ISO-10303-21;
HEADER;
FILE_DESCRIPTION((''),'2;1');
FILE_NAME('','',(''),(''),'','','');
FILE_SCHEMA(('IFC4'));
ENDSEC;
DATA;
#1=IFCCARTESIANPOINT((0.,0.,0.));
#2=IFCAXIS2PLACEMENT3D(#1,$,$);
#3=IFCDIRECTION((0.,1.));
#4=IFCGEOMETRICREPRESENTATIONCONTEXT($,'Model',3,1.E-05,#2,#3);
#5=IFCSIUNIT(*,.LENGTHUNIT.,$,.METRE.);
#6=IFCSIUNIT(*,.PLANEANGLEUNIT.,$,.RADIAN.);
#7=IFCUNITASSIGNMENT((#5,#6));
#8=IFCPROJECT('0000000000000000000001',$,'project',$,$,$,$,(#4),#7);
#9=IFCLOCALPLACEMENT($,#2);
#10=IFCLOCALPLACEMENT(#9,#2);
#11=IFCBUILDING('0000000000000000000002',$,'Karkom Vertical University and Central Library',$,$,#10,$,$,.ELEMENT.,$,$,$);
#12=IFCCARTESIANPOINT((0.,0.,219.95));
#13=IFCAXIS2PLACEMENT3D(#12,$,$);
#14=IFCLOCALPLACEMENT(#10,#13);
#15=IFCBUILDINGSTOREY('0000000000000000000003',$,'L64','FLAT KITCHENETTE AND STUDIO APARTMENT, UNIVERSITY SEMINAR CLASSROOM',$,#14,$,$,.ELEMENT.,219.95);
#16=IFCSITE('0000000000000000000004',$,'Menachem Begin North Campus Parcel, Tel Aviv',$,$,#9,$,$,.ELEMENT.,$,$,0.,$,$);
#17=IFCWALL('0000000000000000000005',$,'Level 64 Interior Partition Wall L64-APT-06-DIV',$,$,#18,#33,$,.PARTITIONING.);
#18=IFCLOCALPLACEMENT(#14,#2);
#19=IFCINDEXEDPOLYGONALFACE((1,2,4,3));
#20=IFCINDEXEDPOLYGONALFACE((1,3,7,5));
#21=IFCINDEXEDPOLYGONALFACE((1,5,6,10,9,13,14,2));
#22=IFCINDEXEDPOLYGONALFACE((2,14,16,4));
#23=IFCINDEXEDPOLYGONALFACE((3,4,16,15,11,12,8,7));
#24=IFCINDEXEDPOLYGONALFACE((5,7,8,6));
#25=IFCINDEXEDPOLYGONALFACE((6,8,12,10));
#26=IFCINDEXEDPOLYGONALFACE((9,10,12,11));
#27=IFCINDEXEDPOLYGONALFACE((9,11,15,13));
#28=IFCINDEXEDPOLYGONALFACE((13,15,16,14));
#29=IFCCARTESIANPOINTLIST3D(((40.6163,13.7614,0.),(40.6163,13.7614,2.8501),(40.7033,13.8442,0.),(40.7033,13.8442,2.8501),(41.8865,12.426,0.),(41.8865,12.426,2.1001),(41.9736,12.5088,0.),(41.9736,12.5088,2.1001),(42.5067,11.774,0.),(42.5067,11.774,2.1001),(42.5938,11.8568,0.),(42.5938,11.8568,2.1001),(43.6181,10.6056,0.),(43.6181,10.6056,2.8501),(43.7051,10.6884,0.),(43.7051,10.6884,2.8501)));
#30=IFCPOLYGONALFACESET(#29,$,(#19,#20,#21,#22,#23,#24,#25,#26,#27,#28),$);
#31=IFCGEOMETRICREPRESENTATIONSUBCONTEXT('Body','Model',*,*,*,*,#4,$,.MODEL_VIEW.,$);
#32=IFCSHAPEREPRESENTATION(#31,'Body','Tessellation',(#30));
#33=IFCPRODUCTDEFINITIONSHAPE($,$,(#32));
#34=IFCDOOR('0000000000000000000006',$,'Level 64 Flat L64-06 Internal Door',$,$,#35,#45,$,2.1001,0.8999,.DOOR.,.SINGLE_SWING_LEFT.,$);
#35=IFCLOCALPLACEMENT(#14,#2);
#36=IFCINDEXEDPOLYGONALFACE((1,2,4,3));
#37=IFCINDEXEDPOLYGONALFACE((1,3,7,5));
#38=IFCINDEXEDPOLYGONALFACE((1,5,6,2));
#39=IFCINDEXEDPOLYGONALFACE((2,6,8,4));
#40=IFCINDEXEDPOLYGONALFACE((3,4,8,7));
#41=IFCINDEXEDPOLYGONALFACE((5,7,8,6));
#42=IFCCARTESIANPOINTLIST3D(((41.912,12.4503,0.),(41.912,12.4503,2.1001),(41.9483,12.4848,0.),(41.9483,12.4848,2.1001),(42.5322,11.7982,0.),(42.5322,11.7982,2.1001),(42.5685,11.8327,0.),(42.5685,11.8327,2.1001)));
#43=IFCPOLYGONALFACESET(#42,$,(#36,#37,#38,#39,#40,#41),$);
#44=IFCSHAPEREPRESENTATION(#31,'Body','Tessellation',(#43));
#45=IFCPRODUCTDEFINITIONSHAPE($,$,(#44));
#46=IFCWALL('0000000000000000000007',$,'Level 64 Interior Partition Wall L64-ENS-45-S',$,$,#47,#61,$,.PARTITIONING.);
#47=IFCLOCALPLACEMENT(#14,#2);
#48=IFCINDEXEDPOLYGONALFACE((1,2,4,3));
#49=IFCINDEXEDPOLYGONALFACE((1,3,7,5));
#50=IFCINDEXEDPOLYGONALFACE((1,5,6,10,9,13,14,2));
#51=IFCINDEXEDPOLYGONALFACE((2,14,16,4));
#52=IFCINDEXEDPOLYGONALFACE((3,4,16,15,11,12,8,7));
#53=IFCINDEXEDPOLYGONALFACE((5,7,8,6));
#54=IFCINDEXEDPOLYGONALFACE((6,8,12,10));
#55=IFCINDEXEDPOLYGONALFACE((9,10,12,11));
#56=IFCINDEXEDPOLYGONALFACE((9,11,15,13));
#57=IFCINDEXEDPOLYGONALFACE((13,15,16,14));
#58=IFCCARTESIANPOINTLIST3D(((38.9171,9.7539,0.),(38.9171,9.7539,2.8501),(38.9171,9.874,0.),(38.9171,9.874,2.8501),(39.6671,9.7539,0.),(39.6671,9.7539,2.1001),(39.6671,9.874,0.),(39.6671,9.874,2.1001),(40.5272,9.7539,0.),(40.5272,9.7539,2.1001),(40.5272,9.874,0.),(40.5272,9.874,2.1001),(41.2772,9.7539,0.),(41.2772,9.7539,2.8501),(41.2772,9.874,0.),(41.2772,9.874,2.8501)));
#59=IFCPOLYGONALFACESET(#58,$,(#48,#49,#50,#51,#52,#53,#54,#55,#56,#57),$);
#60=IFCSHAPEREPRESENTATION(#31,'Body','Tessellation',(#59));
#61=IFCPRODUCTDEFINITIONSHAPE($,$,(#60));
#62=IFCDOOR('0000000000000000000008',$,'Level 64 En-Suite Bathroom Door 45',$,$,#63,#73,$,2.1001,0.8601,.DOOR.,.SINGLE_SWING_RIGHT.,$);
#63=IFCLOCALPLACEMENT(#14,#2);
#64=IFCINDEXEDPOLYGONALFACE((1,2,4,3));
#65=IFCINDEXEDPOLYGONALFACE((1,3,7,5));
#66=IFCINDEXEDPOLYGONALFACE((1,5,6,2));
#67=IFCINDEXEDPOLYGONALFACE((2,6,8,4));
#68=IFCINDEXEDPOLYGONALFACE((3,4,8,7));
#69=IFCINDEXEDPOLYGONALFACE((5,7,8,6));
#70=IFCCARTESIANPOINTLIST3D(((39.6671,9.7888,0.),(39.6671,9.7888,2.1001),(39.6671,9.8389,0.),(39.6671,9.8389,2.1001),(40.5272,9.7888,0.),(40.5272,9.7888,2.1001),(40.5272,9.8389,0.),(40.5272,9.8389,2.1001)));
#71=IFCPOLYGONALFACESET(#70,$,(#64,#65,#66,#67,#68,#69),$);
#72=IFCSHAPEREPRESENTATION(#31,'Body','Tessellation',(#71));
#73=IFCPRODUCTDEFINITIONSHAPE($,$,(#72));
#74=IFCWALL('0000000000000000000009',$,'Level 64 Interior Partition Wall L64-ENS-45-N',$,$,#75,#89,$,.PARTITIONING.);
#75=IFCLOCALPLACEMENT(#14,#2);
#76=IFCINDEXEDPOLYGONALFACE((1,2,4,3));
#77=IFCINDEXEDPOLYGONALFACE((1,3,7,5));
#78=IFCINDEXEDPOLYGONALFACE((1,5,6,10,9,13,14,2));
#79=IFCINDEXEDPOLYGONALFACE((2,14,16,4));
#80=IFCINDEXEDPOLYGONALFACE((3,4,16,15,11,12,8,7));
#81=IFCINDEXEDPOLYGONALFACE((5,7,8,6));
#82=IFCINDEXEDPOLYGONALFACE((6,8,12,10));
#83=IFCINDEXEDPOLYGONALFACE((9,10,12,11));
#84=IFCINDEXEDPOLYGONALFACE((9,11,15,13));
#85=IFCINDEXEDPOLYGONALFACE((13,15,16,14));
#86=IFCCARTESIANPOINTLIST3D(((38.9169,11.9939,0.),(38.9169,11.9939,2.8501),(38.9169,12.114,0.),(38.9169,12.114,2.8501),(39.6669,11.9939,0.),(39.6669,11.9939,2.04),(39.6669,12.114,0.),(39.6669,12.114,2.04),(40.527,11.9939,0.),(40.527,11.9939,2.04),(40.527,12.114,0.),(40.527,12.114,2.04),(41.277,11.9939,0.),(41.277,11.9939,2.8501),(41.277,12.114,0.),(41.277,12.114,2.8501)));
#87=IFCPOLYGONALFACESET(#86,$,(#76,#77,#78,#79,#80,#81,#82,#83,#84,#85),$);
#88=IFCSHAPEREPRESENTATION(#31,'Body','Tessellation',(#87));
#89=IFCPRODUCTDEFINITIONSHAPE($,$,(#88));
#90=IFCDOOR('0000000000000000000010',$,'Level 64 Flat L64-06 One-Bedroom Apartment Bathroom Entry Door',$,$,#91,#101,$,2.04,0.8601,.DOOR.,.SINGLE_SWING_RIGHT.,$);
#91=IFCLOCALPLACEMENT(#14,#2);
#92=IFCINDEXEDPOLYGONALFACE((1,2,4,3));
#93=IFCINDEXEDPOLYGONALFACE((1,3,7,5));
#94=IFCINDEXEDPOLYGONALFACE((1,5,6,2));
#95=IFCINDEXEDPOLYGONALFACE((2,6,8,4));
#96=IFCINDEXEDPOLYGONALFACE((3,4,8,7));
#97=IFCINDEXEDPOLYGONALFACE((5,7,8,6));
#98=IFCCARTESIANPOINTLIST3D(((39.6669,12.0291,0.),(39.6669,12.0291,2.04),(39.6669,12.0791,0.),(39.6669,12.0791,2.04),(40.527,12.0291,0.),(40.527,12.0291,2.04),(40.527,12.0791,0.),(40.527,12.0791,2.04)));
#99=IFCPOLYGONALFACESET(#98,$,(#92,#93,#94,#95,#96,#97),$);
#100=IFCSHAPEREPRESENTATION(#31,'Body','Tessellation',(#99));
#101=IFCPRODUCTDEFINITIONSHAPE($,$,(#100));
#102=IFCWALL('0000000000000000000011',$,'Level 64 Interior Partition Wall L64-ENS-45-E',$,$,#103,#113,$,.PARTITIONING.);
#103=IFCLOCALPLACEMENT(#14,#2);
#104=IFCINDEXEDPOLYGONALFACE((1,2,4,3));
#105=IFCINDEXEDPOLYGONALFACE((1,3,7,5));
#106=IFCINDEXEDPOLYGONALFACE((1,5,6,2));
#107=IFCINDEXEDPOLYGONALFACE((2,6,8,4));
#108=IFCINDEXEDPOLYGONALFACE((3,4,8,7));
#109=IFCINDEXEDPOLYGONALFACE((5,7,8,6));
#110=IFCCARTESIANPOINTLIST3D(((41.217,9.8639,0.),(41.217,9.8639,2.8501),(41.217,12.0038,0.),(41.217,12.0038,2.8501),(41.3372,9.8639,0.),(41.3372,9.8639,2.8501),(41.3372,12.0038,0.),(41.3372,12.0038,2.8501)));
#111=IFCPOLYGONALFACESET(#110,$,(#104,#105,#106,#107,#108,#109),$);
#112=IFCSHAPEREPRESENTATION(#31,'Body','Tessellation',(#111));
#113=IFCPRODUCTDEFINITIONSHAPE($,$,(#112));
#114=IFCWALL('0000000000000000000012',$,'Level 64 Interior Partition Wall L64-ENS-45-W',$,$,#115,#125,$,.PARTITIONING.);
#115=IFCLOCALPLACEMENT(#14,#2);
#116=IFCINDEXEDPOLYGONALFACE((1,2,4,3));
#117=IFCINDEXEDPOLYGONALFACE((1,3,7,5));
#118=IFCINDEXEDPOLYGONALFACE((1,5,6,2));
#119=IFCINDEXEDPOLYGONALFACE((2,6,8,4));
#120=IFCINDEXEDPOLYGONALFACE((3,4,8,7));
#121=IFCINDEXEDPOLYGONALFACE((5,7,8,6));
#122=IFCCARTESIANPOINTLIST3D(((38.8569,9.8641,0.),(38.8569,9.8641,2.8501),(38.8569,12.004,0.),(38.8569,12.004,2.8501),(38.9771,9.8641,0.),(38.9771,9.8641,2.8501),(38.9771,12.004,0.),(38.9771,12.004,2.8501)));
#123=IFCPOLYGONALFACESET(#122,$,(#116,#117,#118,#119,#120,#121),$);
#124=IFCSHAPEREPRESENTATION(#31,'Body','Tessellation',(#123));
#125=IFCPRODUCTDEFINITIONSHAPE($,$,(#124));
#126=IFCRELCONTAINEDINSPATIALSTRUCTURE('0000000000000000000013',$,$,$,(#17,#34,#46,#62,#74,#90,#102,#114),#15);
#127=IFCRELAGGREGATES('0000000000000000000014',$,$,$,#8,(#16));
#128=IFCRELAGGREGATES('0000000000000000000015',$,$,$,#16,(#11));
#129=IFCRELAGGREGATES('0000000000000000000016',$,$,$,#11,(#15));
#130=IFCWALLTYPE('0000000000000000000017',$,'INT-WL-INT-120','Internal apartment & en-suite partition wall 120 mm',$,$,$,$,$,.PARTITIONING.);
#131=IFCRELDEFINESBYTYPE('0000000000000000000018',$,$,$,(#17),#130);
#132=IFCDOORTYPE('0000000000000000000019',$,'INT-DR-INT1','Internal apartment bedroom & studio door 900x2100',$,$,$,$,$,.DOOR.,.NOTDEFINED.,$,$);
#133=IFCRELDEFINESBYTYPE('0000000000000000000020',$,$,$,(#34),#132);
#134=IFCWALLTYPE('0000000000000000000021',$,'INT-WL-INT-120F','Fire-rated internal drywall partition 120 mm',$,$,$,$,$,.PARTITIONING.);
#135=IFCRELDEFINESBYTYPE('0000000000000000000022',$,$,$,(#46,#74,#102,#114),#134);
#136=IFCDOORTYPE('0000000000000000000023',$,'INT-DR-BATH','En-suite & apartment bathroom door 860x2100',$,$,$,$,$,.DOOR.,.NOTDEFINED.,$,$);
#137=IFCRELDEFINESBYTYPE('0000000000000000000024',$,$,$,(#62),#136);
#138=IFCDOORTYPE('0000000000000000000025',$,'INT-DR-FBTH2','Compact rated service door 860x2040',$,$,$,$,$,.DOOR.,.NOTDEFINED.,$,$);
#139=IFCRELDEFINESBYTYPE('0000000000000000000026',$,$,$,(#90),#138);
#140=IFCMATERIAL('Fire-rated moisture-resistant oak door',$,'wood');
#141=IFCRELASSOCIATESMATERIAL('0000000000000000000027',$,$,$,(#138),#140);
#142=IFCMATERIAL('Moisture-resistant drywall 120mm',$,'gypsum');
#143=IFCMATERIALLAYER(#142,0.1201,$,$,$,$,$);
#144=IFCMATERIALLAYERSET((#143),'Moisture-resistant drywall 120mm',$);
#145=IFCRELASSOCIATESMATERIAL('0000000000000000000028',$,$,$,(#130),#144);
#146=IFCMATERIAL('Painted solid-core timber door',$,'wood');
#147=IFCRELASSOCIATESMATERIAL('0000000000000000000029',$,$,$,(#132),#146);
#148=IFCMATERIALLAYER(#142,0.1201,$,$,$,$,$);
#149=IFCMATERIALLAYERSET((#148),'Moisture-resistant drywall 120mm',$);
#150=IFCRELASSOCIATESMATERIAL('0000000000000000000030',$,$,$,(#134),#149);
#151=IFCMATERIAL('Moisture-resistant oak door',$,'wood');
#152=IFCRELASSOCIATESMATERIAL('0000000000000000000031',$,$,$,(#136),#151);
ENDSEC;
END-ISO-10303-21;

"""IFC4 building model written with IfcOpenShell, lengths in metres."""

from ifc_helpers import new_model, si_unit, direction, frame, frame_2d, origin, origin_with_axes, place, context, subcontext, project, spatial, rectangle, extrude, source, transform, mapped, material, layer, layer_set, type_object, element, fill, save


model = new_model("IFC4")

# Units and contexts
model_context = context("Model", 3, precision=1e-05, world=origin(), true_north=direction((0.0, 1.0)))
body_context = subcontext(model_context, "Body", "Model", "MODEL_VIEW")
ifc_project = project(units=[si_unit("LENGTHUNIT", "METRE"), si_unit("PLANEANGLEUNIT", "RADIAN")], contexts=[model_context])

# Site, building, storey
site_placement = place(None, origin())
site = spatial("IfcSite", under=ifc_project, at=site_placement, Name="Menachem Begin North Campus Parcel, Tel Aviv", CompositionType="ELEMENT", RefElevation=0.0)
building_placement = place(site_placement, origin())
building = spatial("IfcBuilding", under=site, at=building_placement, Name="Karkom Vertical University and Central Library", CompositionType="ELEMENT")
storey_placement = place(building_placement, frame((0.0, 0.0, 219.95)))
storey = spatial("IfcBuildingStorey", under=building, at=storey_placement, Name="L64", Description="FLAT KITCHENETTE AND STUDIO APARTMENT, UNIVERSITY SEMINAR CLASSROOM", CompositionType="ELEMENT", Elevation=219.95)

# Shared definitions
ifc_material_1 = material(Name="Fire-rated moisture-resistant oak door", Category="wood")
door_type_1 = type_object("IfcDoorType", Name="INT-DR-FBTH2", Description="Compact rated service door 860x2040", OperationType="NOTDEFINED", PredefinedType="DOOR", material=ifc_material_1)
shared_shape_1 = source(origin_with_axes(), body_context, "Body", "SweptSolid", [
    extrude(rectangle(XDim=0.8601, YDim=2.04, at=frame_2d((0.4302, 1.02))), frame((0.0, 0.0249, 0.0), z_axis=(0.0, -1.0, 0.0), x_axis=(1.0, 0.0, 0.0)), (0.0, 0.0, 1.0), 0.05),
])

# Walls, openings, doors
ifc_material_2 = material(Name="Moisture-resistant drywall 120mm", Category="gypsum")
ifc_layer_1 = layer(ifc_material_2, 0.1201)
ifc_layer_set_1 = layer_set([ifc_layer_1], Name="Moisture-resistant drywall 120mm")
wall_type_1 = type_object("IfcWallType", Name="INT-WL-INT-120", Description="Internal apartment & en-suite partition wall 120 mm", PredefinedType="PARTITIONING", material=ifc_layer_set_1)
wall_1_placement = place(storey_placement, frame((43.6616, 10.647, 0.0), z_axis=(0.0, 0.0, 1.0), x_axis=(-0.6892, 0.724571, 0.0)))
wall_1 = element("IfcWall", 1, at=wall_1_placement, inside=storey, type_object=wall_type_1, Name="Level 64 Interior Partition Wall L64-APT-06-DIV", PredefinedType="PARTITIONING", context=body_context, shape_type="SweptSolid", body=[
    extrude(rectangle(XDim=4.3555, YDim=0.1201, at=frame_2d((2.1777, 0.0))), origin(), (0.0, 0.0, 1.0), 2.8501),
])
opening_1_placement = place(wall_1_placement, frame((1.6125, 0.0, 0.0)))
opening_1 = element("IfcOpeningElement", 2, at=opening_1_placement, cuts=wall_1, PredefinedType="OPENING", context=body_context, shape_type="SweptSolid", body=[
    extrude(rectangle(XDim=0.8999, YDim=2.1001, at=frame_2d((0.45, 1.05))), frame((0.0, 0.0701, 0.0), z_axis=(0.0, -1.0, 0.0), x_axis=(1.0, 0.0, 0.0)), (0.0, 0.0, 1.0), 0.1401),
])
ifc_material_3 = material(Name="Painted solid-core timber door", Category="wood")
door_type_2 = type_object("IfcDoorType", Name="INT-DR-INT1", Description="Internal apartment bedroom & studio door 900x2100", OperationType="NOTDEFINED", PredefinedType="DOOR", material=ifc_material_3)
shared_shape_2 = source(origin_with_axes(), body_context, "Body", "SweptSolid", [
    extrude(rectangle(XDim=0.8999, YDim=2.1001, at=frame_2d((0.45, 1.05))), frame((0.0, 0.0249, 0.0), z_axis=(0.0, -1.0, 0.0), x_axis=(1.0, 0.0, 0.0)), (0.0, 0.0, 1.0), 0.05),
])
door_1_placement = place(opening_1_placement, origin())
door_1 = element("IfcDoor", 3, at=door_1_placement, inside=storey, type_object=door_type_2, Name="Level 64 Flat L64-06 Internal Door", OperationType="SINGLE_SWING_LEFT", OverallHeight=2.1001, OverallWidth=0.8999, PredefinedType="DOOR", context=body_context, shape_type="MappedRepresentation", body=[
    mapped(shared_shape_2, transform((0.0, 0.0, 0.0), scale=1.0)),
])
fill(opening_1, door_1)
ifc_layer_2 = layer(ifc_material_2, 0.1201)
ifc_layer_set_2 = layer_set([ifc_layer_2], Name="Moisture-resistant drywall 120mm")
wall_type_2 = type_object("IfcWallType", Name="INT-WL-INT-120F", Description="Fire-rated internal drywall partition 120 mm", PredefinedType="PARTITIONING", material=ifc_layer_set_2)
wall_2_placement = place(storey_placement, frame((38.917, 9.814, 0.0), z_axis=(0.0, 0.0, 1.0), x_axis=(1.0, 0.0, 0.0)))
wall_2 = element("IfcWall", 4, at=wall_2_placement, inside=storey, type_object=wall_type_2, Name="Level 64 Interior Partition Wall L64-ENS-45-S", PredefinedType="PARTITIONING", context=body_context, shape_type="SweptSolid", body=[
    extrude(rectangle(XDim=2.3601, YDim=0.1201, at=frame_2d((1.1802, 0.0))), origin(), (0.0, 0.0, 1.0), 2.8501),
])
opening_2_placement = place(wall_2_placement, frame((0.75, 0.0, 0.0)))
opening_2 = element("IfcOpeningElement", 5, at=opening_2_placement, cuts=wall_2, PredefinedType="OPENING", context=body_context, shape_type="SweptSolid", body=[
    extrude(rectangle(XDim=0.8601, YDim=2.1001, at=frame_2d((0.4302, 1.05))), frame((0.0, 0.0701, 0.0), z_axis=(0.0, -1.0, 0.0), x_axis=(1.0, 0.0, 0.0)), (0.0, 0.0, 1.0), 0.1401),
])
ifc_material_4 = material(Name="Moisture-resistant oak door", Category="wood")
door_type_3 = type_object("IfcDoorType", Name="INT-DR-BATH", Description="En-suite & apartment bathroom door 860x2100", OperationType="NOTDEFINED", PredefinedType="DOOR", material=ifc_material_4)
shared_shape_3 = source(origin_with_axes(), body_context, "Body", "SweptSolid", [
    extrude(rectangle(XDim=0.8601, YDim=2.1001, at=frame_2d((0.4302, 1.05))), frame((0.0, 0.0249, 0.0), z_axis=(0.0, -1.0, 0.0), x_axis=(1.0, 0.0, 0.0)), (0.0, 0.0, 1.0), 0.05),
])
door_2_placement = place(opening_2_placement, origin())
door_2 = element("IfcDoor", 6, at=door_2_placement, inside=storey, type_object=door_type_3, Name="Level 64 En-Suite Bathroom Door 45", OperationType="SINGLE_SWING_RIGHT", OverallHeight=2.1001, OverallWidth=0.8601, PredefinedType="DOOR", context=body_context, shape_type="MappedRepresentation", body=[
    mapped(shared_shape_3, transform((0.0, 0.0, 0.0), scale=1.0)),
])
fill(opening_2, door_2)
wall_3_placement = place(storey_placement, frame((41.2771, 12.054, 0.0), z_axis=(0.0, 0.0, 1.0), x_axis=(-1.0, 0.0, 0.0)))
wall_3 = element("IfcWall", 7, at=wall_3_placement, inside=storey, type_object=wall_type_2, Name="Level 64 Interior Partition Wall L64-ENS-45-N", PredefinedType="PARTITIONING", context=body_context, shape_type="SweptSolid", body=[
    extrude(rectangle(XDim=2.3601, YDim=0.1201, at=frame_2d((1.1802, 0.0))), origin(), (0.0, 0.0, 1.0), 2.8501),
])
opening_3_placement = place(wall_3_placement, frame((0.75, 0.0, 0.0)))
opening_3 = element("IfcOpeningElement", 8, at=opening_3_placement, cuts=wall_3, PredefinedType="OPENING", context=body_context, shape_type="SweptSolid", body=[
    extrude(rectangle(XDim=0.8601, YDim=2.04, at=frame_2d((0.4302, 1.02))), frame((0.0, 0.0701, 0.0), z_axis=(0.0, -1.0, 0.0), x_axis=(1.0, 0.0, 0.0)), (0.0, 0.0, 1.0), 0.1401),
])
door_3_placement = place(opening_3_placement, origin())
door_3 = element("IfcDoor", 9, at=door_3_placement, inside=storey, type_object=door_type_1, Name="Level 64 Flat L64-06 One-Bedroom Apartment Bathroom Entry Door", OperationType="SINGLE_SWING_RIGHT", OverallHeight=2.04, OverallWidth=0.8601, PredefinedType="DOOR", context=body_context, shape_type="MappedRepresentation", body=[
    mapped(shared_shape_1, transform((0.0, 0.0, 0.0), scale=1.0)),
])
fill(opening_3, door_3)

# Walls
for number, where, z_axis, x_axis, name in (
    (10, (41.2771, 9.864, 0.0), (0.0, 0.0, 1.0), (0.0, 1.0, 0.0), "Level 64 Interior Partition Wall L64-ENS-45-E"),
    (11, (38.917, 12.0039, 0.0), (0.0, 0.0, 1.0), (0.0, -1.0, 0.0), "Level 64 Interior Partition Wall L64-ENS-45-W"),
):
    element("IfcWall", number, at=place(storey_placement, frame(where, z_axis=z_axis, x_axis=x_axis)), inside=storey, type_object=wall_type_2, Name=name, PredefinedType="PARTITIONING", context=body_context, shape_type="SweptSolid", body=[
        extrude(rectangle(XDim=2.1399, YDim=0.1201, at=frame_2d((1.0698, 0.0))), origin(), (0.0, 0.0, 1.0), 2.8501),
    ])

save(model, "model.ifc")
